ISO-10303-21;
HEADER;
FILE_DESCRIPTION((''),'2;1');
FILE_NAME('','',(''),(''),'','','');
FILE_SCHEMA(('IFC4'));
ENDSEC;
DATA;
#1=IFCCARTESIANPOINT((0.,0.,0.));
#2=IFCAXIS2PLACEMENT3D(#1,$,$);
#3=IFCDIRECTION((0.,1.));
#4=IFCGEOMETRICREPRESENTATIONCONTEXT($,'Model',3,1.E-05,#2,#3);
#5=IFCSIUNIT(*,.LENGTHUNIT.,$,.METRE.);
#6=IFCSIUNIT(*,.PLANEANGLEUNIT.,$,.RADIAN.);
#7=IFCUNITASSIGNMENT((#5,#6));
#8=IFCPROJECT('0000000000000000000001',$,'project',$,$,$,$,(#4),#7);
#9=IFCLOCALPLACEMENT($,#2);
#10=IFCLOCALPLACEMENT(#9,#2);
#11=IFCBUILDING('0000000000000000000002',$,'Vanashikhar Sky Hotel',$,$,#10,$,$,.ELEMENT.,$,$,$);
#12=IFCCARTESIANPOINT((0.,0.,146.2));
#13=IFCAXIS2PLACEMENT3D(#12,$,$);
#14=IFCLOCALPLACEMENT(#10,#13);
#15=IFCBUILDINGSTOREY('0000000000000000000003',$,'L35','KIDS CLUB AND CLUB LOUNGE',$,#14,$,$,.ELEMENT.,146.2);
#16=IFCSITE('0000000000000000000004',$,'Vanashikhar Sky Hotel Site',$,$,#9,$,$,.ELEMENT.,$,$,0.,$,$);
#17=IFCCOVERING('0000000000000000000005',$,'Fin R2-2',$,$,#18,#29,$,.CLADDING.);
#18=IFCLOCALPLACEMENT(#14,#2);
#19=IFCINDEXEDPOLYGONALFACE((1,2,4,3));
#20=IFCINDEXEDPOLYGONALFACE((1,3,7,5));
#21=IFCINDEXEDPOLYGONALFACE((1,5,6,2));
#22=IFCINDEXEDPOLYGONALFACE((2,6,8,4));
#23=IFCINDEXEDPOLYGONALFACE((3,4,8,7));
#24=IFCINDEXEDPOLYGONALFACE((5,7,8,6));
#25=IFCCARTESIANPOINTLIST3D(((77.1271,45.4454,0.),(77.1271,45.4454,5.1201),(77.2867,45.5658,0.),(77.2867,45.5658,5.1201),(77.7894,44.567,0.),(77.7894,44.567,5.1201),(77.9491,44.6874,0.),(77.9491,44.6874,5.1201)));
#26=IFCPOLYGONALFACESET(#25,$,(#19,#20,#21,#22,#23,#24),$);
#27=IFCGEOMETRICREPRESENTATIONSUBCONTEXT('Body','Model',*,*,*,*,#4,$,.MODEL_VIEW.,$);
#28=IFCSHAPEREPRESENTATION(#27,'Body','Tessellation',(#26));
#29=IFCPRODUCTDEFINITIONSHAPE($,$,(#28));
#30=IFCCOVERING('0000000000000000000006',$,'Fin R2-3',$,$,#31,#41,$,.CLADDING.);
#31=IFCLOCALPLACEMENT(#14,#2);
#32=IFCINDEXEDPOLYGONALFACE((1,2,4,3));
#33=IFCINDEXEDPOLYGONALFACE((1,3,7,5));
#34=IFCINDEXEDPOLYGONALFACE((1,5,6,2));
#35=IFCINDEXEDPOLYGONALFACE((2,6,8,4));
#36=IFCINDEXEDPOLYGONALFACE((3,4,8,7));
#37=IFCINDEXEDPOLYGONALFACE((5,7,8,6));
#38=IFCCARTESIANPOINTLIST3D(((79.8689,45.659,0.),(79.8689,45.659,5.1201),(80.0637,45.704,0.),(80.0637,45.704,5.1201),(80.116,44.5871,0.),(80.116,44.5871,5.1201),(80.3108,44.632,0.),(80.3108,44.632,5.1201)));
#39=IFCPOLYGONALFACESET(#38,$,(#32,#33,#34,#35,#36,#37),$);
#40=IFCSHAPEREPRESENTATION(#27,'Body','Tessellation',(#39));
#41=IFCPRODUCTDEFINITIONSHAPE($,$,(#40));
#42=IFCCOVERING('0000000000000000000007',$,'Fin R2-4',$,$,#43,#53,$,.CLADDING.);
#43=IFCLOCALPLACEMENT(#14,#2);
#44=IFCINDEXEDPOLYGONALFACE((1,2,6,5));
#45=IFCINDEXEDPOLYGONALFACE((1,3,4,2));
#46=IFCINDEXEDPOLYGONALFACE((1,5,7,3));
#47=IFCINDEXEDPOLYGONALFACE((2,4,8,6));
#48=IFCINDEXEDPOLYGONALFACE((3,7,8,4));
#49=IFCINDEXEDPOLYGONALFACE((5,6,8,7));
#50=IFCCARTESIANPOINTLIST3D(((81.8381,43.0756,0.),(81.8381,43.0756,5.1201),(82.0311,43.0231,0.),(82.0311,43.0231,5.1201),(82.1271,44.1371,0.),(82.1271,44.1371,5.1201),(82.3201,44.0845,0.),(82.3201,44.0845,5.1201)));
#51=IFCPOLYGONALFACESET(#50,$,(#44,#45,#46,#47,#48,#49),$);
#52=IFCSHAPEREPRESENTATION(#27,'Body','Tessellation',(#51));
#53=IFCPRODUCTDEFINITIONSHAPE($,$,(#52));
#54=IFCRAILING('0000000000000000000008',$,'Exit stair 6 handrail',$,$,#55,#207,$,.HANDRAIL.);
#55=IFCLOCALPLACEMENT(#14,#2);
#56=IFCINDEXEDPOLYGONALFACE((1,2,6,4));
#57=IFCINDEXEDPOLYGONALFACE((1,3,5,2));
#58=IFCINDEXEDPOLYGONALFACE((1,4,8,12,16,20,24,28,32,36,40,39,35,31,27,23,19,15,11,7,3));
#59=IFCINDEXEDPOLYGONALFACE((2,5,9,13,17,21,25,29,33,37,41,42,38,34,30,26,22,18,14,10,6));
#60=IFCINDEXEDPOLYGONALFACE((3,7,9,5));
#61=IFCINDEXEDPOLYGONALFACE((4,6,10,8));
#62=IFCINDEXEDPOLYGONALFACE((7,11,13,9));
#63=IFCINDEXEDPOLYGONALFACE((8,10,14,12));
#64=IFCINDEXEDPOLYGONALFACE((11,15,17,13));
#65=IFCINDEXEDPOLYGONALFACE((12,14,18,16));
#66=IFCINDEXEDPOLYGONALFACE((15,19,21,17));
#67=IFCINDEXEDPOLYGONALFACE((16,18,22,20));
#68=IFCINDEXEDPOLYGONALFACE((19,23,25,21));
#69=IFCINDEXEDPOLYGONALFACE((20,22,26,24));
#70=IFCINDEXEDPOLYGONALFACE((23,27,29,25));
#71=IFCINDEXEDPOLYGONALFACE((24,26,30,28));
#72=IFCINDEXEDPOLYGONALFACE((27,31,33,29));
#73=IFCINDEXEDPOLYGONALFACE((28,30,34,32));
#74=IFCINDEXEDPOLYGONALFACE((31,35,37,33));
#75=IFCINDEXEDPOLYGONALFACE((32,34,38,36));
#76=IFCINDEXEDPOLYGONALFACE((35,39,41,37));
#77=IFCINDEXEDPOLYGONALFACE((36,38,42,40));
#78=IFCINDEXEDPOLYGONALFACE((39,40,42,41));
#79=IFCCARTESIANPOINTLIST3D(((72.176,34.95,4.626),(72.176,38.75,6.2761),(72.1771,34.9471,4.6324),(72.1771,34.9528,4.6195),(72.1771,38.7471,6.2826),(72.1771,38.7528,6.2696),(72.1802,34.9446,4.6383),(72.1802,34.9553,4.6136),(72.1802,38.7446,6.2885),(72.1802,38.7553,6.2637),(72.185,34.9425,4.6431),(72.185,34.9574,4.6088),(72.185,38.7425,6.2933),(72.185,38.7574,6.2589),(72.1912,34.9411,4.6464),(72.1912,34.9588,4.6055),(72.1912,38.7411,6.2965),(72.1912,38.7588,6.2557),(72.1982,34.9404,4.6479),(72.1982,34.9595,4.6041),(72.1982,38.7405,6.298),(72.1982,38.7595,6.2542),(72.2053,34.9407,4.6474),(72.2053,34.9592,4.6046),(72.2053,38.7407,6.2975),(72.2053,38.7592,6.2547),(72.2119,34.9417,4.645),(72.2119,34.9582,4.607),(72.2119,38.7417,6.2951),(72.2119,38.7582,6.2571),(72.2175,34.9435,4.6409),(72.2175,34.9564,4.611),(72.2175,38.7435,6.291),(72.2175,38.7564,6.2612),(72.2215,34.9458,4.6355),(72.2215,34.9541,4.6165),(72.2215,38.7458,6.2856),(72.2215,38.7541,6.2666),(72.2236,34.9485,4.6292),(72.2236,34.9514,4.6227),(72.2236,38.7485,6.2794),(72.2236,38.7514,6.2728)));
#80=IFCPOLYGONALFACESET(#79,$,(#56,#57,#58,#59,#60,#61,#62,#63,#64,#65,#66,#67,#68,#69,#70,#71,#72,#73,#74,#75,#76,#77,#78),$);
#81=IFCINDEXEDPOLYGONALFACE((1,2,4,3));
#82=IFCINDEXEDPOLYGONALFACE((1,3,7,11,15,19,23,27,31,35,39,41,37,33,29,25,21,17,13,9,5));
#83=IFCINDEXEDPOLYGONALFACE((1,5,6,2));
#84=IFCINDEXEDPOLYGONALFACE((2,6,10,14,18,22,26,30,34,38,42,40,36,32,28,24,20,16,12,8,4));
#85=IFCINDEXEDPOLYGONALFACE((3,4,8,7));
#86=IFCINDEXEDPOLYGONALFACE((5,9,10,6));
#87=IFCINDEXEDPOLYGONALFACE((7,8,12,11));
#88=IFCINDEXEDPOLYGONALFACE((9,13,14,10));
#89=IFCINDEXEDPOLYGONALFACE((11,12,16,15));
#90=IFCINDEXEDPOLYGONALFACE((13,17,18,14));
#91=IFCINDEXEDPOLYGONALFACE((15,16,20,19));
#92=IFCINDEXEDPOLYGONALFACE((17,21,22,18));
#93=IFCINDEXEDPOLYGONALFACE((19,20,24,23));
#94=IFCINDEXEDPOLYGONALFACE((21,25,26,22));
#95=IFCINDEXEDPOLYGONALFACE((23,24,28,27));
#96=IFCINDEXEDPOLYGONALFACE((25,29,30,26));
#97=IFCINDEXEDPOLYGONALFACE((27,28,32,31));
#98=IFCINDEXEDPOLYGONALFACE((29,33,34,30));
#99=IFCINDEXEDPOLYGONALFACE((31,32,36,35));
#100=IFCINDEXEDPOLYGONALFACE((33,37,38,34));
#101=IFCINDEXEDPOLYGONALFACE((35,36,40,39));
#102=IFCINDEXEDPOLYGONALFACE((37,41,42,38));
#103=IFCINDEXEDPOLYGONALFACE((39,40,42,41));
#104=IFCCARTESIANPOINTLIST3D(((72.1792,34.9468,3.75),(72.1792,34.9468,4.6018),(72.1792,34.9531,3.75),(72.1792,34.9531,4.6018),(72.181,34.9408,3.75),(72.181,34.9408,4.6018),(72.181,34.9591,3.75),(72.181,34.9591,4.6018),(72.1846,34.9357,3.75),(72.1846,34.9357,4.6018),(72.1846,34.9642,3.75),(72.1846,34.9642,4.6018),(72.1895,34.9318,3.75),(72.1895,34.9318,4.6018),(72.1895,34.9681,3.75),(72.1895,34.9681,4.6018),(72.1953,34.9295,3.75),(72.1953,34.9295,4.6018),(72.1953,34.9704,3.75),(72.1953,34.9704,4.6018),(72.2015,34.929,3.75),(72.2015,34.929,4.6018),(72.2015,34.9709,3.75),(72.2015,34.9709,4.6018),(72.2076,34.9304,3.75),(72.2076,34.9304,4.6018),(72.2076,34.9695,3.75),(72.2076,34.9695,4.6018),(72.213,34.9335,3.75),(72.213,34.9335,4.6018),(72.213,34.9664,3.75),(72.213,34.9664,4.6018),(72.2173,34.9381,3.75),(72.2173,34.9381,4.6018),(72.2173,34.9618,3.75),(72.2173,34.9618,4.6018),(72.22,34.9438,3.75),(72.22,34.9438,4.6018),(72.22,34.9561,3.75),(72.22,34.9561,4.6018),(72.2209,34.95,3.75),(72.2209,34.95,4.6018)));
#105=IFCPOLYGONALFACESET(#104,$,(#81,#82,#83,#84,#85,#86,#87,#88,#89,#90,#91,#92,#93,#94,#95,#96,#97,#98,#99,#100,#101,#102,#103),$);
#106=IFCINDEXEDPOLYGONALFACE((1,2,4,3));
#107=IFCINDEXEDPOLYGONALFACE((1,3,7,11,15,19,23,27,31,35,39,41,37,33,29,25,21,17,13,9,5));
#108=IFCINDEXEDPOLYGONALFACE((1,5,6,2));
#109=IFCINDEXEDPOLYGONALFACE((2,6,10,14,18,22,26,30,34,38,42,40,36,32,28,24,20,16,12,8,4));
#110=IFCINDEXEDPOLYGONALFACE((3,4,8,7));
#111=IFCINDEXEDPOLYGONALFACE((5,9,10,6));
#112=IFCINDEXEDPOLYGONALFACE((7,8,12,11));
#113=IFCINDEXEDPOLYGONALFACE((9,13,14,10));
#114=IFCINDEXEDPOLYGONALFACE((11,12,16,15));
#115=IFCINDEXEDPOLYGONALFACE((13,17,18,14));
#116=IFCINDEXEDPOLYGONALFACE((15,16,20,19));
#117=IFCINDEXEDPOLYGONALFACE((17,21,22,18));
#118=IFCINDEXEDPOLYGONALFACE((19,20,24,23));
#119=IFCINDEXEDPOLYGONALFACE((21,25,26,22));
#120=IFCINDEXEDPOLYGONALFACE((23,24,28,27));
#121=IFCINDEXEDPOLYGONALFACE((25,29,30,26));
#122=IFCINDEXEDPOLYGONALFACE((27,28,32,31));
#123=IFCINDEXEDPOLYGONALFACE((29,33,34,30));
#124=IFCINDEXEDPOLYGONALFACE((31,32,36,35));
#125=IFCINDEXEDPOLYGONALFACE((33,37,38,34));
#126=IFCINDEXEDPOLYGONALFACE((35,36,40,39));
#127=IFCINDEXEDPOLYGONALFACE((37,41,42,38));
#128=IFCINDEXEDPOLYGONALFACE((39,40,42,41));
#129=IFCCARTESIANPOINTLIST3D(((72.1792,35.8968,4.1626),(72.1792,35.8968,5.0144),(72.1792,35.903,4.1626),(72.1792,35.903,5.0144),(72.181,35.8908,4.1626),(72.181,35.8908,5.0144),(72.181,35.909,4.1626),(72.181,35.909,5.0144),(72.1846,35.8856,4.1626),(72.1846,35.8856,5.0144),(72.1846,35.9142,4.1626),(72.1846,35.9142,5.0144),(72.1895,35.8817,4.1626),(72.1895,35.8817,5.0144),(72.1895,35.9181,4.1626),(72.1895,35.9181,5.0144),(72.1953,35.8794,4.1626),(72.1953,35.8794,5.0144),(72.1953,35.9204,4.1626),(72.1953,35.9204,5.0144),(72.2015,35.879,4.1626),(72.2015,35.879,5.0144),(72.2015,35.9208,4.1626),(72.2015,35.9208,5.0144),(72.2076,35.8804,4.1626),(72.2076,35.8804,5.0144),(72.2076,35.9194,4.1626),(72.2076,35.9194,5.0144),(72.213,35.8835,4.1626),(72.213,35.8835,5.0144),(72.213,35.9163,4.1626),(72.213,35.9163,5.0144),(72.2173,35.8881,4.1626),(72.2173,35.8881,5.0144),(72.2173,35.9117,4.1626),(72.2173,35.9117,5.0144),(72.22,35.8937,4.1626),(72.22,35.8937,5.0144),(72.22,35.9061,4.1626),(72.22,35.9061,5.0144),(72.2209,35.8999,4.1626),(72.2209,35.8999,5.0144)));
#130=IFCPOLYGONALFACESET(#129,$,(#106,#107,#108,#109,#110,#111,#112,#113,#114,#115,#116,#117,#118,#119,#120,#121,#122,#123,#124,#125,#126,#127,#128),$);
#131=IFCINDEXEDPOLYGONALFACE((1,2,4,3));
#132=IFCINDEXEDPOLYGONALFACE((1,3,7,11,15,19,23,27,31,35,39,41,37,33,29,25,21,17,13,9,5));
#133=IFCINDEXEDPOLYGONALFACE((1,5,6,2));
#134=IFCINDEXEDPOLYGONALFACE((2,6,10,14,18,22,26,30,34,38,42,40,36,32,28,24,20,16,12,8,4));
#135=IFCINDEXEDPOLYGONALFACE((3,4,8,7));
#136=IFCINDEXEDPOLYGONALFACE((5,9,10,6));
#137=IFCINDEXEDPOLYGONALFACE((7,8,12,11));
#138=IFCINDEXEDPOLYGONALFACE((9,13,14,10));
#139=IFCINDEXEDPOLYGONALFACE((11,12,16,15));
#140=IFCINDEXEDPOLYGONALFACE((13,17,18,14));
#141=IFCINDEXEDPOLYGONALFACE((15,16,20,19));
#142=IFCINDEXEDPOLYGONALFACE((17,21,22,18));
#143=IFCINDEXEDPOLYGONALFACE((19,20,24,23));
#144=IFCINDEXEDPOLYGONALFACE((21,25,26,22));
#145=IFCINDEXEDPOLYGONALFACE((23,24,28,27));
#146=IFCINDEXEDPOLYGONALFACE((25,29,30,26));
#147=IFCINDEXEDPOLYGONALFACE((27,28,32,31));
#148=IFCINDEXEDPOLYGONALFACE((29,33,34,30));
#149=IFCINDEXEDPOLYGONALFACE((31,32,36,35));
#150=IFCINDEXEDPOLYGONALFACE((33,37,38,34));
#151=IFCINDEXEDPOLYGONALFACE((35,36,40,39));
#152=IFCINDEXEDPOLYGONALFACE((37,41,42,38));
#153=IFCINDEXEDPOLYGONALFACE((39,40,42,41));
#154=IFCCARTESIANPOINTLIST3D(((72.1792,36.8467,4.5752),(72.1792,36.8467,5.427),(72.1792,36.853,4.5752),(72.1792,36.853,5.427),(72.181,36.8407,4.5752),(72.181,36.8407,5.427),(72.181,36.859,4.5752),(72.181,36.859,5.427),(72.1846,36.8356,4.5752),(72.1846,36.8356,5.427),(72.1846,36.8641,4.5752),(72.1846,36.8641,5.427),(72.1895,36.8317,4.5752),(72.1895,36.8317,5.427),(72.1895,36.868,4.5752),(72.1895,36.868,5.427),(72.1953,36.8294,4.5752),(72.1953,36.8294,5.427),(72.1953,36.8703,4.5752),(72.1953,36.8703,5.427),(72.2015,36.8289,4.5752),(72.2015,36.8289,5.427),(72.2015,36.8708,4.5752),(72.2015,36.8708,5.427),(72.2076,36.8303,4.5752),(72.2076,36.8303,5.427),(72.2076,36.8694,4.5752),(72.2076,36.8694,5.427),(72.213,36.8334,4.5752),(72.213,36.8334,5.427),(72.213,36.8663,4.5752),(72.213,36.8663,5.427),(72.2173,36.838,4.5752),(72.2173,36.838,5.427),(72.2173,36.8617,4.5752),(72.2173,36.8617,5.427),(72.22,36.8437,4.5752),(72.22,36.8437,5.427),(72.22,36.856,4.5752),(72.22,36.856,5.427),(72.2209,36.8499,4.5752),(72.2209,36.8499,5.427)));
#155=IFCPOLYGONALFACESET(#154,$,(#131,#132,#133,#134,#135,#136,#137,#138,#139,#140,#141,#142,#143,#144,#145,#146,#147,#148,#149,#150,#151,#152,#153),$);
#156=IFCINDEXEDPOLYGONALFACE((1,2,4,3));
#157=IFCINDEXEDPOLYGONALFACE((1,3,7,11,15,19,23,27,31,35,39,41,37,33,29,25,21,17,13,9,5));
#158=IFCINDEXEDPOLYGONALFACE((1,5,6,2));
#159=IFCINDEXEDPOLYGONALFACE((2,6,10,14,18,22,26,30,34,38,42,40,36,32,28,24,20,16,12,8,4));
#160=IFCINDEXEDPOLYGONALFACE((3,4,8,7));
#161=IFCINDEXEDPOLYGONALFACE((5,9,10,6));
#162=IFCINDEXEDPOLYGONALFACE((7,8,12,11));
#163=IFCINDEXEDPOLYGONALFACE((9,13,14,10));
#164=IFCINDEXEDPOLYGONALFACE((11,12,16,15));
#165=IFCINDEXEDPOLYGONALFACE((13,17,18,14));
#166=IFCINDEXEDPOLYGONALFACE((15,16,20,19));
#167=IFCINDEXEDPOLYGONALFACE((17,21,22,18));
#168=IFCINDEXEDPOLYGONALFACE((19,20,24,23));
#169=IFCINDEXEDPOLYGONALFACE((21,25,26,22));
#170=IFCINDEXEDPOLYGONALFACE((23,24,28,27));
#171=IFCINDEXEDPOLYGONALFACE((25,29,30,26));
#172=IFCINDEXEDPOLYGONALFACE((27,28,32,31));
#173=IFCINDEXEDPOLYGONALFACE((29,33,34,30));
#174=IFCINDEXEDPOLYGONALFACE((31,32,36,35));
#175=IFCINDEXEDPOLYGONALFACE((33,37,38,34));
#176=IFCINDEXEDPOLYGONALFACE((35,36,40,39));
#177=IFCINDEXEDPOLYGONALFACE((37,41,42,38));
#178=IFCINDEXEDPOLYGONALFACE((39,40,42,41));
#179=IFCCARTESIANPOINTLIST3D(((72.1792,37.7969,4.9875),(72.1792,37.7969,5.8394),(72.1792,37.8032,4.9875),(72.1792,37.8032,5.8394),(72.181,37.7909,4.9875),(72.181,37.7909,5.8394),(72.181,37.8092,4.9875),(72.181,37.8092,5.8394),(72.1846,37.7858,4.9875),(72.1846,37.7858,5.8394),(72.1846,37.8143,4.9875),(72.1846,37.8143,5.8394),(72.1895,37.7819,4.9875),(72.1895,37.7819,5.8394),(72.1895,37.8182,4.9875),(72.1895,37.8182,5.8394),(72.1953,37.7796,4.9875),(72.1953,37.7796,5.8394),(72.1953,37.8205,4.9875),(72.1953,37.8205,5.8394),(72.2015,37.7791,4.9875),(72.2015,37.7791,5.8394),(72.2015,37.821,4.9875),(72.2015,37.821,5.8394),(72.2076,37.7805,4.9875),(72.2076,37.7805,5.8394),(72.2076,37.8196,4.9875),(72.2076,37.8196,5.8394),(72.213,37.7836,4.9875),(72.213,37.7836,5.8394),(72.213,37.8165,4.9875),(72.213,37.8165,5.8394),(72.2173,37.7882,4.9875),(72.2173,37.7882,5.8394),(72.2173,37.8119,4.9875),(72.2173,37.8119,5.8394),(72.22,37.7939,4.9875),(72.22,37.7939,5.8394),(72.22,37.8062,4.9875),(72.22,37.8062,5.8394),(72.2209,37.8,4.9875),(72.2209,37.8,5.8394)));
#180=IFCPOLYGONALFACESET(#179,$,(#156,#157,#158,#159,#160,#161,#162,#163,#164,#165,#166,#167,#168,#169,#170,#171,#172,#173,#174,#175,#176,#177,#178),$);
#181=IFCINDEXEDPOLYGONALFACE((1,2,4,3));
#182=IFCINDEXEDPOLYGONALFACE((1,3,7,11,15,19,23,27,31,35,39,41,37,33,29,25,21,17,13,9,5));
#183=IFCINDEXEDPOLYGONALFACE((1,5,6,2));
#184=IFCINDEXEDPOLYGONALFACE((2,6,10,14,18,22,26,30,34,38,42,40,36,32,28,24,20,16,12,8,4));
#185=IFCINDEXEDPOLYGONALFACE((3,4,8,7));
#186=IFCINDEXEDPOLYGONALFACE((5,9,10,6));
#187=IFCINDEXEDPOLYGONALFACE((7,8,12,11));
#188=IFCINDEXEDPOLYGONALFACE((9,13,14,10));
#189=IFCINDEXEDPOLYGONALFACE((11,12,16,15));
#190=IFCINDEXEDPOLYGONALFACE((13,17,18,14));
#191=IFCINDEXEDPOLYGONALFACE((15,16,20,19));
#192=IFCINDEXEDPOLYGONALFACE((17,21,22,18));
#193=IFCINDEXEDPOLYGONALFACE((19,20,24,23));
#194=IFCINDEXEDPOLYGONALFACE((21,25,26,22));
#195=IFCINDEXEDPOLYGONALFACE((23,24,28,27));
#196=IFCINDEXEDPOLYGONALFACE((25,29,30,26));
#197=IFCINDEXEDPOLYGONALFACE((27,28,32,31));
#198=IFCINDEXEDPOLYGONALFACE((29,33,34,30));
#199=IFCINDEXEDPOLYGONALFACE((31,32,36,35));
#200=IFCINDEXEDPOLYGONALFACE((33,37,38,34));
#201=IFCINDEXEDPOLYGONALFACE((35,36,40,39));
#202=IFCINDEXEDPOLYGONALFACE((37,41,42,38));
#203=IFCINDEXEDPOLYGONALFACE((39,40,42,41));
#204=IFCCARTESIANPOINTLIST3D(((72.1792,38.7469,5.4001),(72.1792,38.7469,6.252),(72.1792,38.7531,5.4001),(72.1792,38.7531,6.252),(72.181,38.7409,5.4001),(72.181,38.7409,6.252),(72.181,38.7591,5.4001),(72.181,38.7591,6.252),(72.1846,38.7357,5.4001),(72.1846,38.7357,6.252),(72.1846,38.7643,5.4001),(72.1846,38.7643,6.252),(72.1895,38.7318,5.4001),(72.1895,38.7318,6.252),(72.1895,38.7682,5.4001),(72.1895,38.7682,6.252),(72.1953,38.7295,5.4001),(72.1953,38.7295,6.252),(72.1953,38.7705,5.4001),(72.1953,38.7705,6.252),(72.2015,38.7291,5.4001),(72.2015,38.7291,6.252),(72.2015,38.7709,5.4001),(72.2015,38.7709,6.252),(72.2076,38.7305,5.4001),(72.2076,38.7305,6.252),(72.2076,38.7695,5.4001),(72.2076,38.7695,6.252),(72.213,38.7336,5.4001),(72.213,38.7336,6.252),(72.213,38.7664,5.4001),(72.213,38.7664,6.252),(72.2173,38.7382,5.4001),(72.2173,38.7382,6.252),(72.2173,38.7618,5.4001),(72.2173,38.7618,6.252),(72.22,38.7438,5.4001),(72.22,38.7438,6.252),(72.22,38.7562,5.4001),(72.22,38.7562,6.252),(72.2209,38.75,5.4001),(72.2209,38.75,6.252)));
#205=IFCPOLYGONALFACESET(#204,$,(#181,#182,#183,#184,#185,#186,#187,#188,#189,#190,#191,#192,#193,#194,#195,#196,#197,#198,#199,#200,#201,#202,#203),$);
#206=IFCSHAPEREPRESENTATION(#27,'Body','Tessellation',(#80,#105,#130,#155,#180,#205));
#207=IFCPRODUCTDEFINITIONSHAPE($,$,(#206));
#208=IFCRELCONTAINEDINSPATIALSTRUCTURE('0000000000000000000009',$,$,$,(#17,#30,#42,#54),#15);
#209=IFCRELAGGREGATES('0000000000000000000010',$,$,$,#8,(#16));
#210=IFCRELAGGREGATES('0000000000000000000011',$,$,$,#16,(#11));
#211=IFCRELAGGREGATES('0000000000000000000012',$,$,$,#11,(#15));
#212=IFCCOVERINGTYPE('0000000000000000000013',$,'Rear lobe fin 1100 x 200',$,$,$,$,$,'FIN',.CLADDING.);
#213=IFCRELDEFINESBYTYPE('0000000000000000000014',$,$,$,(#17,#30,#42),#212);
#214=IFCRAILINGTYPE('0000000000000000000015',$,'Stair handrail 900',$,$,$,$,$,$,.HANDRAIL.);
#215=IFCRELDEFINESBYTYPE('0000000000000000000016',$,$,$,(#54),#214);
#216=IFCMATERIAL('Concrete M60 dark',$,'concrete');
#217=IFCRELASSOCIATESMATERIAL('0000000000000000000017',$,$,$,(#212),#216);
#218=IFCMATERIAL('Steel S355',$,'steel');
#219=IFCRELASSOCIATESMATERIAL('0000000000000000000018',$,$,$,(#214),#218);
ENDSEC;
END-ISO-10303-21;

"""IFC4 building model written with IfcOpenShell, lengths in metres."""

from ifc_helpers import new_model, si_unit, direction, frame, origin, origin_2d, place, context, subcontext, project, spatial, rectangle, circle, extrude, source, transform, mapped, material, material_profile, profile_set, type_object, element, save


model = new_model("IFC4")

# Units and contexts
model_context = context("Model", 3, precision=1e-05, world=origin(), true_north=direction((0.0, 1.0)))
body_context = subcontext(model_context, "Body", "Model", "MODEL_VIEW")
ifc_project = project(units=[si_unit("LENGTHUNIT", "METRE"), si_unit("PLANEANGLEUNIT", "RADIAN")], contexts=[model_context])

# Site, building, storey
site_placement = place(None, origin())
site = spatial("IfcSite", under=ifc_project, at=site_placement, Name="Vanashikhar Sky Hotel Site", CompositionType="ELEMENT", RefElevation=0.0)
building_placement = place(site_placement, origin())
building = spatial("IfcBuilding", under=site, at=building_placement, Name="Vanashikhar Sky Hotel", CompositionType="ELEMENT")
storey_placement = place(building_placement, frame((0.0, 0.0, 146.2)))
storey = spatial("IfcBuildingStorey", under=building, at=storey_placement, Name="L35", Description="KIDS CLUB AND CLUB LOUNGE", CompositionType="ELEMENT", Elevation=146.2)

# Coverings
ifc_material_1 = material(Name="Concrete M60 dark", Category="concrete")
ifc_material_profile_1 = material_profile(ifc_material_1, rectangle(XDim=1.1001, YDim=0.2, at=origin_2d()))
ifc_profile_set_1 = profile_set([ifc_material_profile_1], Name="Rear lobe fin 1100 x 200")
covering_type = type_object("IfcCoveringType", Name="Rear lobe fin 1100 x 200", ElementType="FIN", PredefinedType="CLADDING", material=ifc_profile_set_1)
shared_shape_1 = source(origin(), body_context, "Body", "SweptSolid", [
    extrude(rectangle(XDim=1.1001, YDim=0.2, at=origin_2d()), origin(), (0.0, 0.0, 1.0), 5.1201),
])
for number, where, z_axis, x_axis, name in (
    (1, (77.5381, 45.0664, 0.0), (0.0, 0.0, 1.0), (-0.602066, 0.798446, 0.0), "Fin R2-2"),
    (2, (80.0898, 45.1455, 0.0), (0.0, 0.0, 1.0), (-0.224645, 0.974441, 0.0), "Fin R2-3"),
    (3, (82.0791, 43.5801, 0.0), (0.0, 0.0, 1.0), (0.262711, 0.964874, 0.0), "Fin R2-4"),
):
    element("IfcCovering", number, at=place(storey_placement, frame(where, z_axis=z_axis, x_axis=x_axis)), inside=storey, type_object=covering_type, Name=name, PredefinedType="CLADDING", context=body_context, shape_type="MappedRepresentation", body=[
        mapped(shared_shape_1, transform((0.0, 0.0, 0.0), scale=1.0)),
    ])

# Railing
ifc_material_2 = material(Name="Steel S355", Category="steel")
railing_type_1 = type_object("IfcRailingType", Name="Stair handrail 900", PredefinedType="HANDRAIL", material=ifc_material_2)
shared_shape_2 = source(origin(), body_context, "Body", "SweptSolid", [
    extrude(circle(Radius=0.0239, at=origin_2d()), frame((0.0, 0.0, 0.876), z_axis=(0.0, 0.917251, 0.39831), x_axis=(-1.0, 0.0, 0.0)), (0.0, 0.0, 1.0), 4.1428),
    extrude(circle(Radius=0.021, at=origin_2d()), origin(), (0.0, 0.0, 1.0), 0.8518),
    extrude(circle(Radius=0.021, at=origin_2d()), frame((0.0, 0.95, 0.4126)), (0.0, 0.0, 1.0), 0.8518),
    extrude(circle(Radius=0.021, at=origin_2d()), frame((0.0, 1.8999, 0.8252)), (0.0, 0.0, 1.0), 0.8518),
    extrude(circle(Radius=0.021, at=origin_2d()), frame((0.0, 2.8501, 1.2375)), (0.0, 0.0, 1.0), 0.8518),
    extrude(circle(Radius=0.021, at=origin_2d()), frame((0.0, 3.8, 1.6501)), (0.0, 0.0, 1.0), 0.8518),
])
railing_1_placement = place(storey_placement, frame((72.2, 34.95, 3.75)))
element("IfcRailing", 4, at=railing_1_placement, inside=storey, type_object=railing_type_1, Name="Exit stair 6 handrail", PredefinedType="HANDRAIL", context=body_context, shape_type="MappedRepresentation", body=[
    mapped(shared_shape_2, transform((0.0, 0.0, 0.0), scale=1.0)),
])

save(model, "model.ifc")
